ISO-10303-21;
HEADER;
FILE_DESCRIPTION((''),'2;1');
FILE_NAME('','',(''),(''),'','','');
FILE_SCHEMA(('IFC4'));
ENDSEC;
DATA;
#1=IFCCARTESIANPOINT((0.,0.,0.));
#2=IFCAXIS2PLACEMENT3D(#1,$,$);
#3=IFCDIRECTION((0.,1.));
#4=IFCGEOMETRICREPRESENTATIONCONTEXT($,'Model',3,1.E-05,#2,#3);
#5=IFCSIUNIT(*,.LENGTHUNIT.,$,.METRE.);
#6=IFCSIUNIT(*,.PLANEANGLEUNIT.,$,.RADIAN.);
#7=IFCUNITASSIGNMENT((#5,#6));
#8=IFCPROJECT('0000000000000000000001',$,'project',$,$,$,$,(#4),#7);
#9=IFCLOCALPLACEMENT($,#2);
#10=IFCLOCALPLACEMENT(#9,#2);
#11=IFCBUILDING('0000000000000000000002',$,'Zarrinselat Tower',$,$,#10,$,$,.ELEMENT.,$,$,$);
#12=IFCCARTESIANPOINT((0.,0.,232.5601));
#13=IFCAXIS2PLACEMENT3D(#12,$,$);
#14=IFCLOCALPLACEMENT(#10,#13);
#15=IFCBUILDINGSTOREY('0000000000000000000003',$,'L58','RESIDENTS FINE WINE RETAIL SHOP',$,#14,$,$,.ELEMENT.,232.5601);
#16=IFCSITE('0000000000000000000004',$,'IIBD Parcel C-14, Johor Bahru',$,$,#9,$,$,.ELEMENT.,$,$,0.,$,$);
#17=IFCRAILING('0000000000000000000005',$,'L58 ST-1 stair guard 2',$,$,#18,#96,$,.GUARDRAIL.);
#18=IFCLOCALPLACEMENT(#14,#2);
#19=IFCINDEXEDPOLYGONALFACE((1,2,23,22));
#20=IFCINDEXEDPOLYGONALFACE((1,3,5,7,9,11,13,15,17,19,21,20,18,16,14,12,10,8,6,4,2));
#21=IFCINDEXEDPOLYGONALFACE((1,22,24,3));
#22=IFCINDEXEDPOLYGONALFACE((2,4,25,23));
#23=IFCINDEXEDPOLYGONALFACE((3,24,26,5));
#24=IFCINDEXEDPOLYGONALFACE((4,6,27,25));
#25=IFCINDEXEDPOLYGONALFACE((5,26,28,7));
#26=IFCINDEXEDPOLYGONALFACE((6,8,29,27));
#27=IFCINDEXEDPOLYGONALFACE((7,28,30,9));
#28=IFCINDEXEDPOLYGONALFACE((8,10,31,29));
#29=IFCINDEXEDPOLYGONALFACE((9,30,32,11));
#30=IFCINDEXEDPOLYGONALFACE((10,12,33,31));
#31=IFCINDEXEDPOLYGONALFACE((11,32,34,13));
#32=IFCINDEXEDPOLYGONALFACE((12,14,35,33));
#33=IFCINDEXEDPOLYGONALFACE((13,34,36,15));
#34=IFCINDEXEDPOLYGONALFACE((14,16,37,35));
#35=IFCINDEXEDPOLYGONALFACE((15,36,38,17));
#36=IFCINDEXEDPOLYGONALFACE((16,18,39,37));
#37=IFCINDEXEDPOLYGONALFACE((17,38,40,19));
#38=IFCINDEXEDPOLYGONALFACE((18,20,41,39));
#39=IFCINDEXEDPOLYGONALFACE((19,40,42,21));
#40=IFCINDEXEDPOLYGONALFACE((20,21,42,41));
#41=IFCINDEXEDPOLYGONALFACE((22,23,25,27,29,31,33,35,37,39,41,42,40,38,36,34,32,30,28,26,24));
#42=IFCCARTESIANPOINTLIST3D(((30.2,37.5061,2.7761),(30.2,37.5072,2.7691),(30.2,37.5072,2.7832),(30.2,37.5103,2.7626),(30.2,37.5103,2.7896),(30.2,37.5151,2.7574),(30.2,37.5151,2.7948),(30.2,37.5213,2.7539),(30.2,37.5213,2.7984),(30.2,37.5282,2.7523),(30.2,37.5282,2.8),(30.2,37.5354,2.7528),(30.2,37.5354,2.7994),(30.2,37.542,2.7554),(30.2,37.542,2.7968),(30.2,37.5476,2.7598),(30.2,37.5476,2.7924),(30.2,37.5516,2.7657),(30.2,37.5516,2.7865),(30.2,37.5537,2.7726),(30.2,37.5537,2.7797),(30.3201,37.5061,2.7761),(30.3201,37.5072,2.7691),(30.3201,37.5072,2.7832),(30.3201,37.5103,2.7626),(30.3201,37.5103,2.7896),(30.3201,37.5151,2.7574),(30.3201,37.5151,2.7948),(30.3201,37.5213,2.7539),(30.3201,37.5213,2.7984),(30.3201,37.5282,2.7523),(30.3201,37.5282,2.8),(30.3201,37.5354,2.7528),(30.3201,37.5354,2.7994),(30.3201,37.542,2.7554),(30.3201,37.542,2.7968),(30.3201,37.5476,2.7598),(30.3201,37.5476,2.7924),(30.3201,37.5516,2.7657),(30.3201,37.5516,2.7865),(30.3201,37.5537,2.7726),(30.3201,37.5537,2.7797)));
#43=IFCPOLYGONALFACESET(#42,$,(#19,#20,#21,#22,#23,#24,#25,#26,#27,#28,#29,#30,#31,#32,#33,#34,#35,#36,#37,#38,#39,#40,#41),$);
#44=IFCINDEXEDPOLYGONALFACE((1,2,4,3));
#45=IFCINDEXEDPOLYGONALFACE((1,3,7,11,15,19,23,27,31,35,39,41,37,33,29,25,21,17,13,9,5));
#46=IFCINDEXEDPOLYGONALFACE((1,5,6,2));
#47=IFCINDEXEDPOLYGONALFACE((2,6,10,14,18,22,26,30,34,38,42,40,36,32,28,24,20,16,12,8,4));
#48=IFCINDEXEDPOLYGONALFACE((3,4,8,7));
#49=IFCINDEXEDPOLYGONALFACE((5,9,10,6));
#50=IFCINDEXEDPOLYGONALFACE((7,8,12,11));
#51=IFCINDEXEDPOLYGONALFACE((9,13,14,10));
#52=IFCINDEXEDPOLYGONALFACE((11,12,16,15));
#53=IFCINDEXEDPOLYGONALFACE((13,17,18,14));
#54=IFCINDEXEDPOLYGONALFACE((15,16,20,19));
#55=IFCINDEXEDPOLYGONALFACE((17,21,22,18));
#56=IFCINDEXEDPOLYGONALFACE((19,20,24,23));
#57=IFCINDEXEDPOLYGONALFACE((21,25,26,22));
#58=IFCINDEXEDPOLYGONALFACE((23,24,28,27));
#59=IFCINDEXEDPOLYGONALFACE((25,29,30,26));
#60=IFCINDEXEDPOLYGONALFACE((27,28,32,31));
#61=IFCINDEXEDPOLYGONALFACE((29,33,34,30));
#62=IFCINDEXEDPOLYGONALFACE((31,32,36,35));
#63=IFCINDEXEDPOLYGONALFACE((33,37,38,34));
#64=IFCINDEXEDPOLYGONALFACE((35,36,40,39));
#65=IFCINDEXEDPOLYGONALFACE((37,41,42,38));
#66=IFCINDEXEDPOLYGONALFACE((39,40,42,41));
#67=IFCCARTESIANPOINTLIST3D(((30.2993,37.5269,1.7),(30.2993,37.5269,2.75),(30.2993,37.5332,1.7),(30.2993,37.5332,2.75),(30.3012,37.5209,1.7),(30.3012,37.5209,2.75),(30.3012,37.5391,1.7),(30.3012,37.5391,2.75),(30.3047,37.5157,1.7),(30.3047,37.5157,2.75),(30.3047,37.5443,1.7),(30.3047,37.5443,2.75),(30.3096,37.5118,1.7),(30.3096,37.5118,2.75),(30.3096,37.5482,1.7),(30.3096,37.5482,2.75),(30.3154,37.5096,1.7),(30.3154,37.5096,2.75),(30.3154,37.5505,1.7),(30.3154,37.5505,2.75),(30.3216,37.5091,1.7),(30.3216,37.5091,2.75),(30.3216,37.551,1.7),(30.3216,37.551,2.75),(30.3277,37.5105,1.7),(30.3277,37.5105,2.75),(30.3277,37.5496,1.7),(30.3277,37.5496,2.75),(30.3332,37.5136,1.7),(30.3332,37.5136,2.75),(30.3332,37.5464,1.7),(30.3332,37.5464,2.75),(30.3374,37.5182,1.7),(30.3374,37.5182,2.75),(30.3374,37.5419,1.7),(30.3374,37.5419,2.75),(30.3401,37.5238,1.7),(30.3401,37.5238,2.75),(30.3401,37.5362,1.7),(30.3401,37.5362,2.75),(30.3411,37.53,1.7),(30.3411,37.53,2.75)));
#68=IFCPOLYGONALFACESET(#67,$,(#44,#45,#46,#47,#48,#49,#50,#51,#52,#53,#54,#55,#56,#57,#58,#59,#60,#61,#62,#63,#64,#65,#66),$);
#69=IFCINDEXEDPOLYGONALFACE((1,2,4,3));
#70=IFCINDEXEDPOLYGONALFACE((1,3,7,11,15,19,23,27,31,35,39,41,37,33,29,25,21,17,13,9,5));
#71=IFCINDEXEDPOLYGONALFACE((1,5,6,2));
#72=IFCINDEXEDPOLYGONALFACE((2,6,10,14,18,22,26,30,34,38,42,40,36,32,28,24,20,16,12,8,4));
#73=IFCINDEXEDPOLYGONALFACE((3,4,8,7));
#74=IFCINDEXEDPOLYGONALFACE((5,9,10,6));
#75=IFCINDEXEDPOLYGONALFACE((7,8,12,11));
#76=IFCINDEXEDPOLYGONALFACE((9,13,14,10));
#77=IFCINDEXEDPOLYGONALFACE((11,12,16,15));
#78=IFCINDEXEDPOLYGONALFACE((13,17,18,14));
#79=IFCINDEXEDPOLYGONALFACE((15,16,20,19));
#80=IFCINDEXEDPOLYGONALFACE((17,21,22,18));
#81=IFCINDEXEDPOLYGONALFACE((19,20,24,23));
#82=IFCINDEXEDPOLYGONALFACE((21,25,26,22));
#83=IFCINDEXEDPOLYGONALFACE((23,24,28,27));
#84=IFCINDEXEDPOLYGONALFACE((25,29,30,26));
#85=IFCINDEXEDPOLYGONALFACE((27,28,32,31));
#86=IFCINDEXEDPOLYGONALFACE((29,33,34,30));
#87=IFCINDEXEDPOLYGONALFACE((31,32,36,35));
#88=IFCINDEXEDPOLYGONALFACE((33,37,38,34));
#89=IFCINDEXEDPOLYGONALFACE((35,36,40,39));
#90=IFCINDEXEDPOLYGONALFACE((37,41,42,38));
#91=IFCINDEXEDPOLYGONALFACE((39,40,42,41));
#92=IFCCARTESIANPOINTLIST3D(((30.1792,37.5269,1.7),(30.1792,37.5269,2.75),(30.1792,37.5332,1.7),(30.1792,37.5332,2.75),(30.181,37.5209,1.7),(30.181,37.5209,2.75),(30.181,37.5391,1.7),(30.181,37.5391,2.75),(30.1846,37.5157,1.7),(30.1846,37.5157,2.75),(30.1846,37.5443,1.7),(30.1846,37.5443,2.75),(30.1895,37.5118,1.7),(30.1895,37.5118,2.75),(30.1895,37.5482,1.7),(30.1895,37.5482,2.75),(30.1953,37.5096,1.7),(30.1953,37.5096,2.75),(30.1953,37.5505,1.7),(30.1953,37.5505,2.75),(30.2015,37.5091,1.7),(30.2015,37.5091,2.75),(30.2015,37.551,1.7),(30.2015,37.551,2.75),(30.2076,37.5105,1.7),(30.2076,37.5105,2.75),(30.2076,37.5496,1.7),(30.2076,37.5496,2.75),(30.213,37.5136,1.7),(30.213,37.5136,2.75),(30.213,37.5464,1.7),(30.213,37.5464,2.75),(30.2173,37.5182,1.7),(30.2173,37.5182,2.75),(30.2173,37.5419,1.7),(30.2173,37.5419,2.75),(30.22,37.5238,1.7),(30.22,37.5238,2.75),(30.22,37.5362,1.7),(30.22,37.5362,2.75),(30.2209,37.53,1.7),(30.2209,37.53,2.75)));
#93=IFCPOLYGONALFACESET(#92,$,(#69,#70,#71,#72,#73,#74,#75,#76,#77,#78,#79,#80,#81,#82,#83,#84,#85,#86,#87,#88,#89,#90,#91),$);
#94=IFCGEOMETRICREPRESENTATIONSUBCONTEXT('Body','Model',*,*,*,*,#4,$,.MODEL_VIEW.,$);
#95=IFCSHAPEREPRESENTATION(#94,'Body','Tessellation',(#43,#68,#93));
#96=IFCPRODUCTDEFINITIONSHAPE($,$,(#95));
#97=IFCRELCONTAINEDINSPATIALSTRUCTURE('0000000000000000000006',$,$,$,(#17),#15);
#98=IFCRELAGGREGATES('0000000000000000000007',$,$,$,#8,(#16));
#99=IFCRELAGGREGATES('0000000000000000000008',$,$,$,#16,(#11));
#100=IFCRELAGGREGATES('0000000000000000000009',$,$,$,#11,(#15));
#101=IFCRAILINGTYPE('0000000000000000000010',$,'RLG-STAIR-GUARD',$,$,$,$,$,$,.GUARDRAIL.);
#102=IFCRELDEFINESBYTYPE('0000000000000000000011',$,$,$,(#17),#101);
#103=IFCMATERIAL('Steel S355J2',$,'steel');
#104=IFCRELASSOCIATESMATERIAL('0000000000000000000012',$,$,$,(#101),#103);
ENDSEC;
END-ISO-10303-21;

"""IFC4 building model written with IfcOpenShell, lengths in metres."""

from ifc_helpers import new_model, si_unit, direction, frame, origin, origin_2d, place, context, subcontext, project, spatial, circle, extrude, material, type_object, element, save


model = new_model("IFC4")

# Units and contexts
model_context = context("Model", 3, precision=1e-05, world=origin(), true_north=direction((0.0, 1.0)))
body_context = subcontext(model_context, "Body", "Model", "MODEL_VIEW")
ifc_project = project(units=[si_unit("LENGTHUNIT", "METRE"), si_unit("PLANEANGLEUNIT", "RADIAN")], contexts=[model_context])

# Site, building, storey
site_placement = place(None, origin())
site = spatial("IfcSite", under=ifc_project, at=site_placement, Name="IIBD Parcel C-14, Johor Bahru", CompositionType="ELEMENT", RefElevation=0.0)
building_placement = place(site_placement, origin())
building = spatial("IfcBuilding", under=site, at=building_placement, Name="Zarrinselat Tower", CompositionType="ELEMENT")
storey_placement = place(building_placement, frame((0.0, 0.0, 232.5601)))
storey = spatial("IfcBuildingStorey", under=building, at=storey_placement, Name="L58", Description="RESIDENTS FINE WINE RETAIL SHOP", CompositionType="ELEMENT", Elevation=232.5601)

# Railing
ifc_material_1 = material(Name="Steel S355J2", Category="steel")
railing_type_1 = type_object("IfcRailingType", Name="RLG-STAIR-GUARD", PredefinedType="GUARDRAIL", material=ifc_material_1)
railing_1_placement = place(storey_placement, frame((30.3201, 37.53, 1.7)))
element("IfcRailing", 1, at=railing_1_placement, inside=storey, type_object=railing_type_1, Name="L58 ST-1 stair guard 2", PredefinedType="GUARDRAIL", context=body_context, shape_type="SweptSolid", body=[
    extrude(circle(Radius=0.0239, at=origin_2d()), frame((0.0, 0.0, 1.0762), z_axis=(-1.0, 0.0, 0.0), x_axis=(0.0, -1.0, 0.0)), (0.0, 0.0, 1.0), 0.1201),
    extrude(circle(Radius=0.021, at=origin_2d()), origin(), (0.0, 0.0, 1.0), 1.05),
    extrude(circle(Radius=0.021, at=origin_2d()), frame((-0.1201, 0.0, 0.0)), (0.0, 0.0, 1.0), 1.05),
])

save(model, "model.ifc")
